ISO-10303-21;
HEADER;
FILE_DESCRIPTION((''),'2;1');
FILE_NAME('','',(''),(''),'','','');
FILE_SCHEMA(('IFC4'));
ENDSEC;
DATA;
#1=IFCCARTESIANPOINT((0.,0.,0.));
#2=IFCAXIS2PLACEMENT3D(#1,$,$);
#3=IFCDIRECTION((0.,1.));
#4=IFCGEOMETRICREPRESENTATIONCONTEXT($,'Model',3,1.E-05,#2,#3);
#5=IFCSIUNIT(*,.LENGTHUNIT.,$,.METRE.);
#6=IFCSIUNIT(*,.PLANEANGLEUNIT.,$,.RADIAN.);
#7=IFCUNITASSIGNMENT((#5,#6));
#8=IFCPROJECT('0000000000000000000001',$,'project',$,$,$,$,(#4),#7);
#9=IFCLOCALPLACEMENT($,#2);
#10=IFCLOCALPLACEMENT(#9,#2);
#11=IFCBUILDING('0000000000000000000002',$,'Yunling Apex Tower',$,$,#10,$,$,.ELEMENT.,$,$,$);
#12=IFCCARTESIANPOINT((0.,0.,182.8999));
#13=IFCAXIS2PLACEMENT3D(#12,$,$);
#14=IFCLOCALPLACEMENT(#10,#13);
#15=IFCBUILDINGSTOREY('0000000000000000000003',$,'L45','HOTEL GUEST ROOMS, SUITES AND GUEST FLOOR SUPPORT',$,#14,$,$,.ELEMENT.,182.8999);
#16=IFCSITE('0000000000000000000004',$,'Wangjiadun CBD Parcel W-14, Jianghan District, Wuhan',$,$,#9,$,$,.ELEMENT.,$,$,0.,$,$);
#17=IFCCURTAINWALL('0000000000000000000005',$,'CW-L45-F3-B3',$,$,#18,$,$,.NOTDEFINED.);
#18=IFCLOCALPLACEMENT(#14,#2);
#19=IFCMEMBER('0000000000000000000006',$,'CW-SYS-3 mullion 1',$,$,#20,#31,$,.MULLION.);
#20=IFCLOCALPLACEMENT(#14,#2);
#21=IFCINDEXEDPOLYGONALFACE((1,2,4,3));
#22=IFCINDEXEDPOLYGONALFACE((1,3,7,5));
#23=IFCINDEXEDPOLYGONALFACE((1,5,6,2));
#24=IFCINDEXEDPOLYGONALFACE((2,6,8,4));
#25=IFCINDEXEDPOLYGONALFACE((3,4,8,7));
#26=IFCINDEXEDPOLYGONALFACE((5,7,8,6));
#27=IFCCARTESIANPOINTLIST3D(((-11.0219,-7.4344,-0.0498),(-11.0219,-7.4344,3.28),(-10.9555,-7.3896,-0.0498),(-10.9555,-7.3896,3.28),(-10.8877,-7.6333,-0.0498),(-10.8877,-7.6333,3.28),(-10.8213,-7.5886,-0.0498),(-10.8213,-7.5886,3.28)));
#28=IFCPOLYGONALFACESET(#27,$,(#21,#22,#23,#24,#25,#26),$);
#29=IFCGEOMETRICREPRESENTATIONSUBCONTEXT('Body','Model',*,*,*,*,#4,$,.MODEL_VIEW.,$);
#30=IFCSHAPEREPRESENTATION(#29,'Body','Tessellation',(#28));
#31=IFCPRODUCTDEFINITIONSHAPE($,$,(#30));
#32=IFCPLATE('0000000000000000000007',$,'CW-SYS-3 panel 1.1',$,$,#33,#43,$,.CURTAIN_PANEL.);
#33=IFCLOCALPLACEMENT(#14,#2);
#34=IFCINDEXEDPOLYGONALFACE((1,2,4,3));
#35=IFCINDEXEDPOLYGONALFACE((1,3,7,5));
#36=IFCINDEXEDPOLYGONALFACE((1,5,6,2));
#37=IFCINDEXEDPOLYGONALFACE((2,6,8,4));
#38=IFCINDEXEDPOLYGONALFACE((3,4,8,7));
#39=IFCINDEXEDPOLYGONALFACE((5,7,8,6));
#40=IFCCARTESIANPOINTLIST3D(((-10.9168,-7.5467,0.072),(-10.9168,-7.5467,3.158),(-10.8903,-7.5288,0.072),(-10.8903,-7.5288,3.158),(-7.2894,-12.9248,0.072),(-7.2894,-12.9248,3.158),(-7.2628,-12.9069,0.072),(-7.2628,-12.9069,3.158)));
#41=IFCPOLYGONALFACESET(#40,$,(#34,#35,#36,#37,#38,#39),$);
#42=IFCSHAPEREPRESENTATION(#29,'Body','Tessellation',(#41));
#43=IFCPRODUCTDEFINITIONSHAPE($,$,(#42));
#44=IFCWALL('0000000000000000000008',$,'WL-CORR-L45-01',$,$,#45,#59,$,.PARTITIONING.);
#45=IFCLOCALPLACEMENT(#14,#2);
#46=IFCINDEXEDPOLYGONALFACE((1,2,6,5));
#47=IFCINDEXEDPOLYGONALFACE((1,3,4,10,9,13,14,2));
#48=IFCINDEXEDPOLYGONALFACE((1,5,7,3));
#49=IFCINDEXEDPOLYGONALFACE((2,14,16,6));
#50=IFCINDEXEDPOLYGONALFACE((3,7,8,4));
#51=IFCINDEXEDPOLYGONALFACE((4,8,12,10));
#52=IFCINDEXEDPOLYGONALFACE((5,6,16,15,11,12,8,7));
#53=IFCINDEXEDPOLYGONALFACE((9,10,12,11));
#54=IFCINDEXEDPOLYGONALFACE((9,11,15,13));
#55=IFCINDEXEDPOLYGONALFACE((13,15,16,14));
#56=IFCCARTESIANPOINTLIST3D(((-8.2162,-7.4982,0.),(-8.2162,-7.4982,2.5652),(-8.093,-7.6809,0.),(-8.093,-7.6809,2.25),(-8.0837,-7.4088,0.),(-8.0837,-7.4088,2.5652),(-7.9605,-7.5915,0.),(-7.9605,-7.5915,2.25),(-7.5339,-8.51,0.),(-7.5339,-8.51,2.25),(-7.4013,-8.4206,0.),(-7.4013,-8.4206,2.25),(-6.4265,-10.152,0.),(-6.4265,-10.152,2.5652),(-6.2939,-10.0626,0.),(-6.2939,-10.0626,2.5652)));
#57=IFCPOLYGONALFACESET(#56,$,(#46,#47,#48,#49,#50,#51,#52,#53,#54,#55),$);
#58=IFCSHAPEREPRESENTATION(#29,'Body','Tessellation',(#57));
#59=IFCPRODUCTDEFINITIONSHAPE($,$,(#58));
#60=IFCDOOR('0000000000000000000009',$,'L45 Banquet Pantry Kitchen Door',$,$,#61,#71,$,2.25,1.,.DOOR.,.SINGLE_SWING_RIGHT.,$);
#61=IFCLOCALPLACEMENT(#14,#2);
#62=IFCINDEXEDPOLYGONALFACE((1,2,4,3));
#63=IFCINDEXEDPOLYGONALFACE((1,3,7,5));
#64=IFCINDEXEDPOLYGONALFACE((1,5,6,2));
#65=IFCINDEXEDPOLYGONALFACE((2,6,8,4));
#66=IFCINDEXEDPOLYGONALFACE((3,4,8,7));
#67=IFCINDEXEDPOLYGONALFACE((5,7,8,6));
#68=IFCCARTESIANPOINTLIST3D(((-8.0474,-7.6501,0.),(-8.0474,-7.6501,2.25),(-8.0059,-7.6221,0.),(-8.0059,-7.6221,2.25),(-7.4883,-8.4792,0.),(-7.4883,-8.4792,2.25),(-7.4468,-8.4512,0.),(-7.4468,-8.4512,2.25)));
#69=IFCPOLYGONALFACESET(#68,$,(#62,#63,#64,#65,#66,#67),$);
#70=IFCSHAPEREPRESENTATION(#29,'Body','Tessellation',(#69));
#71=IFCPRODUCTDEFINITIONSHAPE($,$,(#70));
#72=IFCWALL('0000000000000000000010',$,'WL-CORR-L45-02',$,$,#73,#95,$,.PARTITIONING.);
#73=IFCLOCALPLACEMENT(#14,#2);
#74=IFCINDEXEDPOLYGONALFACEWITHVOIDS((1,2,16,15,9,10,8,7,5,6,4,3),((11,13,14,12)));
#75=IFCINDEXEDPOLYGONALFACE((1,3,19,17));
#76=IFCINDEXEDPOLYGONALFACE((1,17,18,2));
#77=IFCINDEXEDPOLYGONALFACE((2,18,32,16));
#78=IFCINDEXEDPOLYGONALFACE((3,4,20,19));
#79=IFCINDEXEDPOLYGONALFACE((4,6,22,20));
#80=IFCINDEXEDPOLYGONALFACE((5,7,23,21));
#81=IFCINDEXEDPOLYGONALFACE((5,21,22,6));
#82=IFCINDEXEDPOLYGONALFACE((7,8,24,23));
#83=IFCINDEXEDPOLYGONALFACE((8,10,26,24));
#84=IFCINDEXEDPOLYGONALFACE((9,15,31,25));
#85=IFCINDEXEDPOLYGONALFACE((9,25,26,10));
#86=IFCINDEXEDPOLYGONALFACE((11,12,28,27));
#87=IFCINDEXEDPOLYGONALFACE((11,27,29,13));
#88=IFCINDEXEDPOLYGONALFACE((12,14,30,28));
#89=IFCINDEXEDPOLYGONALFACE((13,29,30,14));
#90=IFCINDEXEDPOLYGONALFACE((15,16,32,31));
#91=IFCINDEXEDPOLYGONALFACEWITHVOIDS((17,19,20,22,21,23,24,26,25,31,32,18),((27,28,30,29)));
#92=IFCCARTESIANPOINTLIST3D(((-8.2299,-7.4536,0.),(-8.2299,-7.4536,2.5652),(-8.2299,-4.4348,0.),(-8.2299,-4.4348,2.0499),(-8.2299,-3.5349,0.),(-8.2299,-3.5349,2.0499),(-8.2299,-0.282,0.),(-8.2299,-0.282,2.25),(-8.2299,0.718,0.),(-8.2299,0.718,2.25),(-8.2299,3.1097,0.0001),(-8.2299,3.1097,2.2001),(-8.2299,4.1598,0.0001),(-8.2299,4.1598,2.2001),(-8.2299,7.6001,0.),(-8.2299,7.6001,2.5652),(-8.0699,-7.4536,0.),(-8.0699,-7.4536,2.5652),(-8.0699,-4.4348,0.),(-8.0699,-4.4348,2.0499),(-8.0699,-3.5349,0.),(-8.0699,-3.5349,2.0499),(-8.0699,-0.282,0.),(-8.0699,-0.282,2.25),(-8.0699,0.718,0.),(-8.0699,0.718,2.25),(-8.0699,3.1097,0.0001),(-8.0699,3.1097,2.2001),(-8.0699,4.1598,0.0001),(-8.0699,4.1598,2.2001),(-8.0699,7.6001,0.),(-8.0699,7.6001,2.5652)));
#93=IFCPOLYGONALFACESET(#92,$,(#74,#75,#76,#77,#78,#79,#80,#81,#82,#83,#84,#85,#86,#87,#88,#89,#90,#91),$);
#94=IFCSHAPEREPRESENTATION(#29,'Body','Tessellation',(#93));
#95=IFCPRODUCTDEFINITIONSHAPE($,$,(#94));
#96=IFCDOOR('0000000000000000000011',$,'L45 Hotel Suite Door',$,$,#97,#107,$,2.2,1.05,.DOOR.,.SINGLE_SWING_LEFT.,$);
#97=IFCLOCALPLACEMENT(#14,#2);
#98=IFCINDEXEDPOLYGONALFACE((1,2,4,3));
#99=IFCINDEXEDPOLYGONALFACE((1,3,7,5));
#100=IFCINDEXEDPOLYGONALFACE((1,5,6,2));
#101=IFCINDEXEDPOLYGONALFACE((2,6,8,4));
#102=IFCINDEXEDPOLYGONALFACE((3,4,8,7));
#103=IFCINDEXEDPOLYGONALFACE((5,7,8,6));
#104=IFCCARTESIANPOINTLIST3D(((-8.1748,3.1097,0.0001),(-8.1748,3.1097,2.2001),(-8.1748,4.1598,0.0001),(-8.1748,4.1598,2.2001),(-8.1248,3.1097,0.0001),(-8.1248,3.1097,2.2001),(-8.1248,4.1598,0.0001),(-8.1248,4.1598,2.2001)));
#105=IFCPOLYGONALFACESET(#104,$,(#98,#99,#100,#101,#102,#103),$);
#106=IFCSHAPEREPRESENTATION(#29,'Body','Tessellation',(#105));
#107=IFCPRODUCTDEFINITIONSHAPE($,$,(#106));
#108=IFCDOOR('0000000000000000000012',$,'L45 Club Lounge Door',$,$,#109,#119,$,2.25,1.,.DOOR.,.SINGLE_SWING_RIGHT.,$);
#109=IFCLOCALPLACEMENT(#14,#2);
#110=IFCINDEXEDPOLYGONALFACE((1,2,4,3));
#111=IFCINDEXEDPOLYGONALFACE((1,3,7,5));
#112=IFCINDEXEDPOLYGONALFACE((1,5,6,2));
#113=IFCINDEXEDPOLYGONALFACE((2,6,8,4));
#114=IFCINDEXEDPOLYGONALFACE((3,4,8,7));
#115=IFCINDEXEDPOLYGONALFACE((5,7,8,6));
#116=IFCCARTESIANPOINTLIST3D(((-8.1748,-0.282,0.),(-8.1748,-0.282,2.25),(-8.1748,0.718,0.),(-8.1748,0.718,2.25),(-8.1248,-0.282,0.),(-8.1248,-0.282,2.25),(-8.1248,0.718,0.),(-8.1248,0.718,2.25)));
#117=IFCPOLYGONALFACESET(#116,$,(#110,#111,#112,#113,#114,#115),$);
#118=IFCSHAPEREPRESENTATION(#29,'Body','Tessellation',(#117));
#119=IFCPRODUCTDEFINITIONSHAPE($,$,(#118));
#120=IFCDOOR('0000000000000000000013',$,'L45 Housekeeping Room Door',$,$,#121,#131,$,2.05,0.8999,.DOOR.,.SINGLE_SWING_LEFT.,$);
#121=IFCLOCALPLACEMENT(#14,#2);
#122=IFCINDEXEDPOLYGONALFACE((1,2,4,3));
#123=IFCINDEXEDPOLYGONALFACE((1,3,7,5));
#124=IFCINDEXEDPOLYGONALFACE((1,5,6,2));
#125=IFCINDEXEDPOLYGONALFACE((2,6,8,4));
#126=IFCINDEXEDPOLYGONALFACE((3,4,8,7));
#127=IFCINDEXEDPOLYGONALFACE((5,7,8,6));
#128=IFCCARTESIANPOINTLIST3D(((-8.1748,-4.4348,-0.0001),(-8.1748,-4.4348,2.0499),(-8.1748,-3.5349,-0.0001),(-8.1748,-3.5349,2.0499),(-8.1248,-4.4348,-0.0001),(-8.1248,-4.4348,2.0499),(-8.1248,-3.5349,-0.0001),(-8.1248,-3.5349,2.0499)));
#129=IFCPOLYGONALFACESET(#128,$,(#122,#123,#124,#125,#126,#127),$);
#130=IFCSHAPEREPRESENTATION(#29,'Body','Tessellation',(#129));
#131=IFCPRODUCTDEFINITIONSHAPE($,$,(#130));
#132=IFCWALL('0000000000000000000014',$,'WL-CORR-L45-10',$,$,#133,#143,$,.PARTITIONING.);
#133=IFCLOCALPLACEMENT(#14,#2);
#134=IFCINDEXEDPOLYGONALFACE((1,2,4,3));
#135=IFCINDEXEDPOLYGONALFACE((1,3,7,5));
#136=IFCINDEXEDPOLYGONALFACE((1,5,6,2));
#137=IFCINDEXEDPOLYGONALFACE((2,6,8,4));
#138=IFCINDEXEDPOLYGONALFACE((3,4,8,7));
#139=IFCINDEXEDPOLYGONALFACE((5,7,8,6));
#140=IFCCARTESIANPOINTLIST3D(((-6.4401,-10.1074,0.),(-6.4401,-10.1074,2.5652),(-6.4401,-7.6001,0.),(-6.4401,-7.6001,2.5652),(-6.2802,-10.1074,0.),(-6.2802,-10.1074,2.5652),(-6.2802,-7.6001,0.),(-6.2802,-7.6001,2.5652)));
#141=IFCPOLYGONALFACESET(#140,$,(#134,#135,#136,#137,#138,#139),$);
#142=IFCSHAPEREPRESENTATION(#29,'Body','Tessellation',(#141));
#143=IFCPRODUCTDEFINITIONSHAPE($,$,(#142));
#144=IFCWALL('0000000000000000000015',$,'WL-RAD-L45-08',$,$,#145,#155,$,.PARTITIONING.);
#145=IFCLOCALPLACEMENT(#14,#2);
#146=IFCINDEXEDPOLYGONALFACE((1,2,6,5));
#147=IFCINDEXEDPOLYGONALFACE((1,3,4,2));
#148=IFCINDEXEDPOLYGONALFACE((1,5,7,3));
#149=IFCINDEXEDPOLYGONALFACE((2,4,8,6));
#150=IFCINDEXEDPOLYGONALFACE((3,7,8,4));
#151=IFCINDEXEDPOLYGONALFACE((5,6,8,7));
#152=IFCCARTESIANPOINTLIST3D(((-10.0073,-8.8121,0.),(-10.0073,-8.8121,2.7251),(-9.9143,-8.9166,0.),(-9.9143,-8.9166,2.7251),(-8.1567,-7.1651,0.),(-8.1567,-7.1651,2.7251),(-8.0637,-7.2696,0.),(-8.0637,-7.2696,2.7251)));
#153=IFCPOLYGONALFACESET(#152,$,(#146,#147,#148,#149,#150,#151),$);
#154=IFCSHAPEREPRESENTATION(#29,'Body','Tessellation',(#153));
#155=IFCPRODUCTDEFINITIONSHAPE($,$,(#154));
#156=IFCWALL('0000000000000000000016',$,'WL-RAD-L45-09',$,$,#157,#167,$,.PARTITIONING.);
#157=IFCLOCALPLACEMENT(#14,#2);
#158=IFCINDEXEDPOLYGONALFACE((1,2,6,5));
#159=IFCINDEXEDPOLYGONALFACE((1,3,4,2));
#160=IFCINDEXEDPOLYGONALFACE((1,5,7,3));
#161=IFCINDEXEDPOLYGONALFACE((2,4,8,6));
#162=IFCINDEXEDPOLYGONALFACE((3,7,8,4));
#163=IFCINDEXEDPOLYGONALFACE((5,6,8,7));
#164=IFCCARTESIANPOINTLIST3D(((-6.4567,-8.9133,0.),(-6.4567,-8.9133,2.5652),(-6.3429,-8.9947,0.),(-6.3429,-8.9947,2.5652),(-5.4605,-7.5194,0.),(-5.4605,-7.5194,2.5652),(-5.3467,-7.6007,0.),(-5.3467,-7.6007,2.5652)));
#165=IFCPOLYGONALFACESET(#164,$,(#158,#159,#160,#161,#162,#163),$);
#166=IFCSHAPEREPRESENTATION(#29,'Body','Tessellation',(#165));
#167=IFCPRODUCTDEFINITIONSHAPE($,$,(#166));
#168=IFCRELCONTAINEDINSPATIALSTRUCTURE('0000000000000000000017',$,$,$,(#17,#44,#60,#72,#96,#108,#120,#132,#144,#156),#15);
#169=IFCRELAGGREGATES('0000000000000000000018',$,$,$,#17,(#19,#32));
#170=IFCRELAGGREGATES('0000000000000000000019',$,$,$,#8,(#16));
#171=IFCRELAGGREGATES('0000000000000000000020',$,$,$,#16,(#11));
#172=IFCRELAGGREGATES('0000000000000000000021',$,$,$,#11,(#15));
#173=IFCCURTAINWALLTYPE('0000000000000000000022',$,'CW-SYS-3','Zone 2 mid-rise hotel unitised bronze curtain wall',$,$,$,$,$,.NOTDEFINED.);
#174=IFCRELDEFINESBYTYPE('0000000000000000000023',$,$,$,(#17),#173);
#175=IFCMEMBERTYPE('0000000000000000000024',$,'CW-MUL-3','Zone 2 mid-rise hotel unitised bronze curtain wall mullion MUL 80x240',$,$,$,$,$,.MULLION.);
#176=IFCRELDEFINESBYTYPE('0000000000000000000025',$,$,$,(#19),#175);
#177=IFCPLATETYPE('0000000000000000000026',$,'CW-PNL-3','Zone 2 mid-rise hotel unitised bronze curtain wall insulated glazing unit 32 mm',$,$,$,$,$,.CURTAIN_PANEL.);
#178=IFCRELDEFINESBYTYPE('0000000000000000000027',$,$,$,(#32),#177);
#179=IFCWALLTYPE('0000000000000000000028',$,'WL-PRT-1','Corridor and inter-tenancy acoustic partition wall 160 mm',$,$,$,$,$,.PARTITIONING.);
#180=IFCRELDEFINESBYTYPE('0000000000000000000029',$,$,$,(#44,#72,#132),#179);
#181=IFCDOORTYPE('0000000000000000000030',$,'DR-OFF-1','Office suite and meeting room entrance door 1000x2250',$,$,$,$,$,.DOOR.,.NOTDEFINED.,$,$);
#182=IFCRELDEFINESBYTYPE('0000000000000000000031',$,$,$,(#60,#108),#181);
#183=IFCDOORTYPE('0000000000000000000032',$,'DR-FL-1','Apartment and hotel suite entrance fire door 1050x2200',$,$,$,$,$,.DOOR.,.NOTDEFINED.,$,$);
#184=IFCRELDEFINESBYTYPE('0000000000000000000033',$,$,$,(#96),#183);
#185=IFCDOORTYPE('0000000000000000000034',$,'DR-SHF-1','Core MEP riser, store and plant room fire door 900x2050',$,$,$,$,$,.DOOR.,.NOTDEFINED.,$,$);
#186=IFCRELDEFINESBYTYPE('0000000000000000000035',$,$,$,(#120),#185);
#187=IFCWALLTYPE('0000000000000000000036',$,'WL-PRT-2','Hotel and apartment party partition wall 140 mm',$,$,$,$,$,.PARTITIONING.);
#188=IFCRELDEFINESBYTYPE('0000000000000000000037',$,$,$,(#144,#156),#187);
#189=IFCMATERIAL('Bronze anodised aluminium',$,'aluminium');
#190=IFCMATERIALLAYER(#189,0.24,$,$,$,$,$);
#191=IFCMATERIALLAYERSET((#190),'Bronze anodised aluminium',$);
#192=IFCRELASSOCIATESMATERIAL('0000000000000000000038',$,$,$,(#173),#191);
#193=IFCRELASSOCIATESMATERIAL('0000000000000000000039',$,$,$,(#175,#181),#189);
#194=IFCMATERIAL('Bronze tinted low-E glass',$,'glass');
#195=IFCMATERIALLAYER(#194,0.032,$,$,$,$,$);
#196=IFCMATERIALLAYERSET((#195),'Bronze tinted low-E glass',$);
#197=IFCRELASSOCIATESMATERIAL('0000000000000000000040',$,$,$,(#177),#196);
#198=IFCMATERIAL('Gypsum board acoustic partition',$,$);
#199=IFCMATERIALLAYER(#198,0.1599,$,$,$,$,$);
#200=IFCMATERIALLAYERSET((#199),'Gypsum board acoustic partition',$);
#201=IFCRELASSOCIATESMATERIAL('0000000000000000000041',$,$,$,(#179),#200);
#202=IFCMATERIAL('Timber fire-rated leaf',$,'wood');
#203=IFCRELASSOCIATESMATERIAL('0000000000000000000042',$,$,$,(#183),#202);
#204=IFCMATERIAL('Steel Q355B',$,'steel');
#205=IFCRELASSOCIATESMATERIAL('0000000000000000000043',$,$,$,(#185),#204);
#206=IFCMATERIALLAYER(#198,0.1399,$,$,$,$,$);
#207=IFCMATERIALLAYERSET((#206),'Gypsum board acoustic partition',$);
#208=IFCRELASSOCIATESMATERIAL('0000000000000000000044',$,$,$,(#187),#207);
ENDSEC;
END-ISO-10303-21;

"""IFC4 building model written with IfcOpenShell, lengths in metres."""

from ifc_helpers import new_model, si_unit, direction, frame, frame_2d, origin, origin_2d, place, context, subcontext, project, spatial, rectangle, extrude, source, transform, mapped, material, layer, layer_set, material_profile, profile_set, type_object, element, fill, aggregate, save


model = new_model("IFC4")

# Units and contexts
model_context = context("Model", 3, precision=1e-05, world=origin(), true_north=direction((0.0, 1.0)))
body_context = subcontext(model_context, "Body", "Model", "MODEL_VIEW")
ifc_project = project(units=[si_unit("LENGTHUNIT", "METRE"), si_unit("PLANEANGLEUNIT", "RADIAN")], contexts=[model_context])

# Site, building, storey
site_placement = place(None, origin())
site = spatial("IfcSite", under=ifc_project, at=site_placement, Name="Wangjiadun CBD Parcel W-14, Jianghan District, Wuhan", CompositionType="ELEMENT", RefElevation=0.0)
building_placement = place(site_placement, origin())
building = spatial("IfcBuilding", under=site, at=building_placement, Name="Yunling Apex Tower", CompositionType="ELEMENT")
storey_placement = place(building_placement, frame((0.0, 0.0, 182.8999)))
storey = spatial("IfcBuildingStorey", under=building, at=storey_placement, Name="L45", Description="HOTEL GUEST ROOMS, SUITES AND GUEST FLOOR SUPPORT", CompositionType="ELEMENT", Elevation=182.8999)

# Shared definitions
ifc_material_1 = material(Name="Steel Q355B", Category="steel")

# Curtain wall, member, plate
ifc_material_2 = material(Name="Bronze anodised aluminium", Category="aluminium")
ifc_layer_1 = layer(ifc_material_2, 0.24)
ifc_layer_set_1 = layer_set([ifc_layer_1], Name="Bronze anodised aluminium")
curtain_wall_type = type_object("IfcCurtainWallType", Name="CW-SYS-3", Description="Zone 2 mid-rise hotel unitised bronze curtain wall", PredefinedType="NOTDEFINED", material=ifc_layer_set_1)
curtain_wall_placement = place(storey_placement, origin())
curtain_wall = element("IfcCurtainWall", 1, at=curtain_wall_placement, inside=storey, type_object=curtain_wall_type, Name="CW-L45-F3-B3", PredefinedType="NOTDEFINED")
ifc_material_profile_1 = material_profile(ifc_material_2, rectangle(XDim=0.0801, YDim=0.24, at=origin_2d()))
ifc_profile_set_1 = profile_set([ifc_material_profile_1], Name="Bronze anodised aluminium")
member_type_1 = type_object("IfcMemberType", Name="CW-MUL-3", Description="Zone 2 mid-rise hotel unitised bronze curtain wall mullion MUL 80x240", PredefinedType="MULLION", material=ifc_profile_set_1)
shared_shape_1 = source(origin(), body_context, "Body", "SweptSolid", [
    extrude(rectangle(XDim=0.0801, YDim=0.24, at=origin_2d()), origin(), (0.0, 0.0, 1.0), 3.3298),
])
member_1_placement = place(storey_placement, frame((-10.9216, -7.5115, -0.0498), z_axis=(0.0, 0.0, 1.0), x_axis=(0.829041, 0.559188, 0.0)))
member_1 = element("IfcMember", 2, at=member_1_placement, type_object=member_type_1, Name="CW-SYS-3 mullion 1", PredefinedType="MULLION", context=body_context, shape_type="MappedRepresentation", body=[
    mapped(shared_shape_1, transform((0.0, 0.0, 0.0), scale=1.0)),
])
ifc_material_3 = material(Name="Bronze tinted low-E glass", Category="glass")
ifc_layer_2 = layer(ifc_material_3, 0.032)
ifc_layer_set_2 = layer_set([ifc_layer_2], Name="Bronze tinted low-E glass")
plate_type = type_object("IfcPlateType", Name="CW-PNL-3", Description="Zone 2 mid-rise hotel unitised bronze curtain wall insulated glazing unit 32 mm", PredefinedType="CURTAIN_PANEL", material=ifc_layer_set_2)
shared_shape_2 = source(origin(), body_context, "Body", "SweptSolid", [
    extrude(rectangle(XDim=6.4871, YDim=0.032, at=origin_2d()), origin(), (0.0, 0.0, 1.0), 3.0859),
])
plate_placement = place(storey_placement, frame((-9.0898, -10.2268, 0.072), z_axis=(0.0, 0.0, 1.0), x_axis=(0.559188, -0.829041, 0.0)))
plate = element("IfcPlate", 3, at=plate_placement, type_object=plate_type, Name="CW-SYS-3 panel 1.1", PredefinedType="CURTAIN_PANEL", context=body_context, shape_type="MappedRepresentation", body=[
    mapped(shared_shape_2, transform((0.0, 0.0, 0.0), scale=1.0)),
])
aggregate(curtain_wall, [member_1, plate])

# Wall, opening, door
ifc_material_4 = material(Name="Gypsum board acoustic partition")
ifc_layer_3 = layer(ifc_material_4, 0.1599)
ifc_layer_set_3 = layer_set([ifc_layer_3], Name="Gypsum board acoustic partition")
wall_type_1 = type_object("IfcWallType", Name="WL-PRT-1", Description="Corridor and inter-tenancy acoustic partition wall 160 mm", PredefinedType="PARTITIONING", material=ifc_layer_set_3)
wall_1_placement = place(storey_placement, frame((-6.3601, -10.1074, 0.0), z_axis=(0.0, 0.0, 1.0), x_axis=(-0.559145, 0.82907, 0.0)))
wall_1 = element("IfcWall", 4, at=wall_1_placement, inside=storey, type_object=wall_type_1, Name="WL-CORR-L45-01", PredefinedType="PARTITIONING", context=body_context, shape_type="SweptSolid", body=[
    extrude(rectangle(XDim=3.2009, YDim=0.1599, at=frame_2d((1.6006, 0.0))), origin(), (0.0, 0.0, 1.0), 2.5652),
])
opening_1_placement = place(wall_1_placement, frame((1.9807, 0.0, 0.0)))
opening_1 = element("IfcOpeningElement", 5, at=opening_1_placement, cuts=wall_1, PredefinedType="OPENING", context=body_context, shape_type="SweptSolid", body=[
    extrude(rectangle(XDim=1.0, YDim=2.25, at=frame_2d((0.5, 1.125))), frame((0.0, 0.0898, 0.0), z_axis=(0.0, -1.0, 0.0), x_axis=(1.0, 0.0, 0.0)), (0.0, 0.0, 1.0), 0.1799),
])
door_type_1 = type_object("IfcDoorType", Name="DR-OFF-1", Description="Office suite and meeting room entrance door 1000x2250", OperationType="NOTDEFINED", PredefinedType="DOOR", material=ifc_material_2)
door_1_placement = place(opening_1_placement, origin())
door_1 = element("IfcDoor", 6, at=door_1_placement, inside=storey, type_object=door_type_1, Name="L45 Banquet Pantry Kitchen Door", OperationType="SINGLE_SWING_RIGHT", OverallHeight=2.25, OverallWidth=1.0, PredefinedType="DOOR", context=body_context, shape_type="SweptSolid", body=[
    extrude(rectangle(XDim=1.0, YDim=2.25, at=frame_2d((0.5, 1.125))), frame((0.0, 0.0249, 0.0), z_axis=(0.0, -1.0, 0.0), x_axis=(1.0, 0.0, 0.0)), (0.0, 0.0, 1.0), 0.05),
])
fill(opening_1, door_1)

# Wall, openings, doors
wall_2_placement = place(storey_placement, frame((-8.1499, -7.4536, 0.0), z_axis=(0.0, 0.0, 1.0), x_axis=(0.0, 1.0, 0.0)))
wall_2 = element("IfcWall", 7, at=wall_2_placement, inside=storey, type_object=wall_type_1, Name="WL-CORR-L45-02", PredefinedType="PARTITIONING", context=body_context, shape_type="SweptSolid", body=[
    extrude(rectangle(XDim=15.0537, YDim=0.1599, at=frame_2d((7.5269, 0.0))), origin(), (0.0, 0.0, 1.0), 2.5652),
])
opening_2_placement = place(wall_2_placement, frame((3.0188, 0.0, 0.0)))
opening_2 = element("IfcOpeningElement", 8, at=opening_2_placement, cuts=wall_2, PredefinedType="OPENING", context=body_context, shape_type="SweptSolid", body=[
    extrude(rectangle(XDim=0.8999, YDim=2.05, at=frame_2d((0.45, 1.0249))), frame((0.0, 0.0898, 0.0), z_axis=(0.0, -1.0, 0.0), x_axis=(1.0, 0.0, 0.0)), (0.0, 0.0, 1.0), 0.1799),
])
opening_3_placement = place(wall_2_placement, frame((7.1716, 0.0, 0.0)))
opening_3 = element("IfcOpeningElement", 9, at=opening_3_placement, cuts=wall_2, PredefinedType="OPENING", context=body_context, shape_type="SweptSolid", body=[
    extrude(rectangle(XDim=1.0, YDim=2.25, at=frame_2d((0.5, 1.125))), frame((0.0, 0.0898, 0.0), z_axis=(0.0, -1.0, 0.0), x_axis=(1.0, 0.0, 0.0)), (0.0, 0.0, 1.0), 0.1799),
])
opening_4_placement = place(wall_2_placement, frame((10.5635, 0.0, 0.0)))
opening_4 = element("IfcOpeningElement", 10, at=opening_4_placement, cuts=wall_2, PredefinedType="OPENING", context=body_context, shape_type="SweptSolid", body=[
    extrude(rectangle(XDim=1.05, YDim=2.2, at=frame_2d((0.5249, 1.1001))), frame((0.0, 0.0898, 0.0), z_axis=(0.0, -1.0, 0.0), x_axis=(1.0, 0.0, 0.0)), (0.0, 0.0, 1.0), 0.1799),
])
ifc_material_5 = material(Name="Timber fire-rated leaf", Category="wood")
door_type_2 = type_object("IfcDoorType", Name="DR-FL-1", Description="Apartment and hotel suite entrance fire door 1050x2200", OperationType="NOTDEFINED", PredefinedType="DOOR", material=ifc_material_5)
door_2_placement = place(opening_4_placement, origin())
door_2 = element("IfcDoor", 11, at=door_2_placement, inside=storey, type_object=door_type_2, Name="L45 Hotel Suite Door", OperationType="SINGLE_SWING_LEFT", OverallHeight=2.2, OverallWidth=1.05, PredefinedType="DOOR", context=body_context, shape_type="SweptSolid", body=[
    extrude(rectangle(XDim=1.05, YDim=2.2, at=frame_2d((0.5249, 1.1001))), frame((0.0, 0.0249, 0.0), z_axis=(0.0, -1.0, 0.0), x_axis=(1.0, 0.0, 0.0)), (0.0, 0.0, 1.0), 0.05),
])
fill(opening_4, door_2)
door_3_placement = place(opening_3_placement, origin())
door_3 = element("IfcDoor", 12, at=door_3_placement, inside=storey, type_object=door_type_1, Name="L45 Club Lounge Door", OperationType="SINGLE_SWING_RIGHT", OverallHeight=2.25, OverallWidth=1.0, PredefinedType="DOOR", context=body_context, shape_type="SweptSolid", body=[
    extrude(rectangle(XDim=1.0, YDim=2.25, at=frame_2d((0.5, 1.125))), frame((0.0, 0.0249, 0.0), z_axis=(0.0, -1.0, 0.0), x_axis=(1.0, 0.0, 0.0)), (0.0, 0.0, 1.0), 0.05),
])
fill(opening_3, door_3)
door_type_3 = type_object("IfcDoorType", Name="DR-SHF-1", Description="Core MEP riser, store and plant room fire door 900x2050", OperationType="NOTDEFINED", PredefinedType="DOOR", material=ifc_material_1)
door_4_placement = place(opening_2_placement, origin())
door_4 = element("IfcDoor", 13, at=door_4_placement, inside=storey, type_object=door_type_3, Name="L45 Housekeeping Room Door", OperationType="SINGLE_SWING_LEFT", OverallHeight=2.05, OverallWidth=0.8999, PredefinedType="DOOR", context=body_context, shape_type="SweptSolid", body=[
    extrude(rectangle(XDim=0.8999, YDim=2.05, at=frame_2d((0.45, 1.0249))), frame((0.0, 0.0249, 0.0), z_axis=(0.0, -1.0, 0.0), x_axis=(1.0, 0.0, 0.0)), (0.0, 0.0, 1.0), 0.05),
])
fill(opening_2, door_4)

# Walls
wall_3_placement = place(storey_placement, frame((-6.3601, -7.6001, 0.0), z_axis=(0.0, 0.0, 1.0), x_axis=(0.0, -1.0, 0.0)))
element("IfcWall", 14, at=wall_3_placement, inside=storey, type_object=wall_type_1, Name="WL-CORR-L45-10", PredefinedType="PARTITIONING", context=body_context, shape_type="SweptSolid", body=[
    extrude(rectangle(XDim=2.5073, YDim=0.1599, at=frame_2d((1.2537, 0.0))), origin(), (0.0, 0.0, 1.0), 2.5652),
])
ifc_layer_4 = layer(ifc_material_4, 0.1399)
ifc_layer_set_4 = layer_set([ifc_layer_4], Name="Gypsum board acoustic partition")
wall_type_2 = type_object("IfcWallType", Name="WL-PRT-2", Description="Hotel and apartment party partition wall 140 mm", PredefinedType="PARTITIONING", material=ifc_layer_set_4)
wall_4_placement = place(storey_placement, frame((-8.1101, -7.2173, 0.0), z_axis=(0.0, 0.0, 1.0), x_axis=(-0.747007, -0.664816, 0.0)))
element("IfcWall", 15, at=wall_4_placement, inside=storey, type_object=wall_type_2, Name="WL-RAD-L45-08", PredefinedType="PARTITIONING", context=body_context, shape_type="SweptSolid", body=[
    extrude(rectangle(XDim=2.4773, YDim=0.1399, at=frame_2d((1.2388, 0.0))), origin(), (0.0, 0.0, 1.0), 2.7251),
])
wall_5_placement = place(storey_placement, frame((-5.4036, -7.5601, 0.0), z_axis=(0.0, 0.0, 1.0), x_axis=(-0.581467, -0.81357, 0.0)))
element("IfcWall", 16, at=wall_5_placement, inside=storey, type_object=wall_type_2, Name="WL-RAD-L45-09", PredefinedType="PARTITIONING", context=body_context, shape_type="SweptSolid", body=[
    extrude(rectangle(XDim=1.7134, YDim=0.1399, at=frame_2d((0.8567, 0.0))), origin(), (0.0, 0.0, 1.0), 2.5652),
])

save(model, "model.ifc")
